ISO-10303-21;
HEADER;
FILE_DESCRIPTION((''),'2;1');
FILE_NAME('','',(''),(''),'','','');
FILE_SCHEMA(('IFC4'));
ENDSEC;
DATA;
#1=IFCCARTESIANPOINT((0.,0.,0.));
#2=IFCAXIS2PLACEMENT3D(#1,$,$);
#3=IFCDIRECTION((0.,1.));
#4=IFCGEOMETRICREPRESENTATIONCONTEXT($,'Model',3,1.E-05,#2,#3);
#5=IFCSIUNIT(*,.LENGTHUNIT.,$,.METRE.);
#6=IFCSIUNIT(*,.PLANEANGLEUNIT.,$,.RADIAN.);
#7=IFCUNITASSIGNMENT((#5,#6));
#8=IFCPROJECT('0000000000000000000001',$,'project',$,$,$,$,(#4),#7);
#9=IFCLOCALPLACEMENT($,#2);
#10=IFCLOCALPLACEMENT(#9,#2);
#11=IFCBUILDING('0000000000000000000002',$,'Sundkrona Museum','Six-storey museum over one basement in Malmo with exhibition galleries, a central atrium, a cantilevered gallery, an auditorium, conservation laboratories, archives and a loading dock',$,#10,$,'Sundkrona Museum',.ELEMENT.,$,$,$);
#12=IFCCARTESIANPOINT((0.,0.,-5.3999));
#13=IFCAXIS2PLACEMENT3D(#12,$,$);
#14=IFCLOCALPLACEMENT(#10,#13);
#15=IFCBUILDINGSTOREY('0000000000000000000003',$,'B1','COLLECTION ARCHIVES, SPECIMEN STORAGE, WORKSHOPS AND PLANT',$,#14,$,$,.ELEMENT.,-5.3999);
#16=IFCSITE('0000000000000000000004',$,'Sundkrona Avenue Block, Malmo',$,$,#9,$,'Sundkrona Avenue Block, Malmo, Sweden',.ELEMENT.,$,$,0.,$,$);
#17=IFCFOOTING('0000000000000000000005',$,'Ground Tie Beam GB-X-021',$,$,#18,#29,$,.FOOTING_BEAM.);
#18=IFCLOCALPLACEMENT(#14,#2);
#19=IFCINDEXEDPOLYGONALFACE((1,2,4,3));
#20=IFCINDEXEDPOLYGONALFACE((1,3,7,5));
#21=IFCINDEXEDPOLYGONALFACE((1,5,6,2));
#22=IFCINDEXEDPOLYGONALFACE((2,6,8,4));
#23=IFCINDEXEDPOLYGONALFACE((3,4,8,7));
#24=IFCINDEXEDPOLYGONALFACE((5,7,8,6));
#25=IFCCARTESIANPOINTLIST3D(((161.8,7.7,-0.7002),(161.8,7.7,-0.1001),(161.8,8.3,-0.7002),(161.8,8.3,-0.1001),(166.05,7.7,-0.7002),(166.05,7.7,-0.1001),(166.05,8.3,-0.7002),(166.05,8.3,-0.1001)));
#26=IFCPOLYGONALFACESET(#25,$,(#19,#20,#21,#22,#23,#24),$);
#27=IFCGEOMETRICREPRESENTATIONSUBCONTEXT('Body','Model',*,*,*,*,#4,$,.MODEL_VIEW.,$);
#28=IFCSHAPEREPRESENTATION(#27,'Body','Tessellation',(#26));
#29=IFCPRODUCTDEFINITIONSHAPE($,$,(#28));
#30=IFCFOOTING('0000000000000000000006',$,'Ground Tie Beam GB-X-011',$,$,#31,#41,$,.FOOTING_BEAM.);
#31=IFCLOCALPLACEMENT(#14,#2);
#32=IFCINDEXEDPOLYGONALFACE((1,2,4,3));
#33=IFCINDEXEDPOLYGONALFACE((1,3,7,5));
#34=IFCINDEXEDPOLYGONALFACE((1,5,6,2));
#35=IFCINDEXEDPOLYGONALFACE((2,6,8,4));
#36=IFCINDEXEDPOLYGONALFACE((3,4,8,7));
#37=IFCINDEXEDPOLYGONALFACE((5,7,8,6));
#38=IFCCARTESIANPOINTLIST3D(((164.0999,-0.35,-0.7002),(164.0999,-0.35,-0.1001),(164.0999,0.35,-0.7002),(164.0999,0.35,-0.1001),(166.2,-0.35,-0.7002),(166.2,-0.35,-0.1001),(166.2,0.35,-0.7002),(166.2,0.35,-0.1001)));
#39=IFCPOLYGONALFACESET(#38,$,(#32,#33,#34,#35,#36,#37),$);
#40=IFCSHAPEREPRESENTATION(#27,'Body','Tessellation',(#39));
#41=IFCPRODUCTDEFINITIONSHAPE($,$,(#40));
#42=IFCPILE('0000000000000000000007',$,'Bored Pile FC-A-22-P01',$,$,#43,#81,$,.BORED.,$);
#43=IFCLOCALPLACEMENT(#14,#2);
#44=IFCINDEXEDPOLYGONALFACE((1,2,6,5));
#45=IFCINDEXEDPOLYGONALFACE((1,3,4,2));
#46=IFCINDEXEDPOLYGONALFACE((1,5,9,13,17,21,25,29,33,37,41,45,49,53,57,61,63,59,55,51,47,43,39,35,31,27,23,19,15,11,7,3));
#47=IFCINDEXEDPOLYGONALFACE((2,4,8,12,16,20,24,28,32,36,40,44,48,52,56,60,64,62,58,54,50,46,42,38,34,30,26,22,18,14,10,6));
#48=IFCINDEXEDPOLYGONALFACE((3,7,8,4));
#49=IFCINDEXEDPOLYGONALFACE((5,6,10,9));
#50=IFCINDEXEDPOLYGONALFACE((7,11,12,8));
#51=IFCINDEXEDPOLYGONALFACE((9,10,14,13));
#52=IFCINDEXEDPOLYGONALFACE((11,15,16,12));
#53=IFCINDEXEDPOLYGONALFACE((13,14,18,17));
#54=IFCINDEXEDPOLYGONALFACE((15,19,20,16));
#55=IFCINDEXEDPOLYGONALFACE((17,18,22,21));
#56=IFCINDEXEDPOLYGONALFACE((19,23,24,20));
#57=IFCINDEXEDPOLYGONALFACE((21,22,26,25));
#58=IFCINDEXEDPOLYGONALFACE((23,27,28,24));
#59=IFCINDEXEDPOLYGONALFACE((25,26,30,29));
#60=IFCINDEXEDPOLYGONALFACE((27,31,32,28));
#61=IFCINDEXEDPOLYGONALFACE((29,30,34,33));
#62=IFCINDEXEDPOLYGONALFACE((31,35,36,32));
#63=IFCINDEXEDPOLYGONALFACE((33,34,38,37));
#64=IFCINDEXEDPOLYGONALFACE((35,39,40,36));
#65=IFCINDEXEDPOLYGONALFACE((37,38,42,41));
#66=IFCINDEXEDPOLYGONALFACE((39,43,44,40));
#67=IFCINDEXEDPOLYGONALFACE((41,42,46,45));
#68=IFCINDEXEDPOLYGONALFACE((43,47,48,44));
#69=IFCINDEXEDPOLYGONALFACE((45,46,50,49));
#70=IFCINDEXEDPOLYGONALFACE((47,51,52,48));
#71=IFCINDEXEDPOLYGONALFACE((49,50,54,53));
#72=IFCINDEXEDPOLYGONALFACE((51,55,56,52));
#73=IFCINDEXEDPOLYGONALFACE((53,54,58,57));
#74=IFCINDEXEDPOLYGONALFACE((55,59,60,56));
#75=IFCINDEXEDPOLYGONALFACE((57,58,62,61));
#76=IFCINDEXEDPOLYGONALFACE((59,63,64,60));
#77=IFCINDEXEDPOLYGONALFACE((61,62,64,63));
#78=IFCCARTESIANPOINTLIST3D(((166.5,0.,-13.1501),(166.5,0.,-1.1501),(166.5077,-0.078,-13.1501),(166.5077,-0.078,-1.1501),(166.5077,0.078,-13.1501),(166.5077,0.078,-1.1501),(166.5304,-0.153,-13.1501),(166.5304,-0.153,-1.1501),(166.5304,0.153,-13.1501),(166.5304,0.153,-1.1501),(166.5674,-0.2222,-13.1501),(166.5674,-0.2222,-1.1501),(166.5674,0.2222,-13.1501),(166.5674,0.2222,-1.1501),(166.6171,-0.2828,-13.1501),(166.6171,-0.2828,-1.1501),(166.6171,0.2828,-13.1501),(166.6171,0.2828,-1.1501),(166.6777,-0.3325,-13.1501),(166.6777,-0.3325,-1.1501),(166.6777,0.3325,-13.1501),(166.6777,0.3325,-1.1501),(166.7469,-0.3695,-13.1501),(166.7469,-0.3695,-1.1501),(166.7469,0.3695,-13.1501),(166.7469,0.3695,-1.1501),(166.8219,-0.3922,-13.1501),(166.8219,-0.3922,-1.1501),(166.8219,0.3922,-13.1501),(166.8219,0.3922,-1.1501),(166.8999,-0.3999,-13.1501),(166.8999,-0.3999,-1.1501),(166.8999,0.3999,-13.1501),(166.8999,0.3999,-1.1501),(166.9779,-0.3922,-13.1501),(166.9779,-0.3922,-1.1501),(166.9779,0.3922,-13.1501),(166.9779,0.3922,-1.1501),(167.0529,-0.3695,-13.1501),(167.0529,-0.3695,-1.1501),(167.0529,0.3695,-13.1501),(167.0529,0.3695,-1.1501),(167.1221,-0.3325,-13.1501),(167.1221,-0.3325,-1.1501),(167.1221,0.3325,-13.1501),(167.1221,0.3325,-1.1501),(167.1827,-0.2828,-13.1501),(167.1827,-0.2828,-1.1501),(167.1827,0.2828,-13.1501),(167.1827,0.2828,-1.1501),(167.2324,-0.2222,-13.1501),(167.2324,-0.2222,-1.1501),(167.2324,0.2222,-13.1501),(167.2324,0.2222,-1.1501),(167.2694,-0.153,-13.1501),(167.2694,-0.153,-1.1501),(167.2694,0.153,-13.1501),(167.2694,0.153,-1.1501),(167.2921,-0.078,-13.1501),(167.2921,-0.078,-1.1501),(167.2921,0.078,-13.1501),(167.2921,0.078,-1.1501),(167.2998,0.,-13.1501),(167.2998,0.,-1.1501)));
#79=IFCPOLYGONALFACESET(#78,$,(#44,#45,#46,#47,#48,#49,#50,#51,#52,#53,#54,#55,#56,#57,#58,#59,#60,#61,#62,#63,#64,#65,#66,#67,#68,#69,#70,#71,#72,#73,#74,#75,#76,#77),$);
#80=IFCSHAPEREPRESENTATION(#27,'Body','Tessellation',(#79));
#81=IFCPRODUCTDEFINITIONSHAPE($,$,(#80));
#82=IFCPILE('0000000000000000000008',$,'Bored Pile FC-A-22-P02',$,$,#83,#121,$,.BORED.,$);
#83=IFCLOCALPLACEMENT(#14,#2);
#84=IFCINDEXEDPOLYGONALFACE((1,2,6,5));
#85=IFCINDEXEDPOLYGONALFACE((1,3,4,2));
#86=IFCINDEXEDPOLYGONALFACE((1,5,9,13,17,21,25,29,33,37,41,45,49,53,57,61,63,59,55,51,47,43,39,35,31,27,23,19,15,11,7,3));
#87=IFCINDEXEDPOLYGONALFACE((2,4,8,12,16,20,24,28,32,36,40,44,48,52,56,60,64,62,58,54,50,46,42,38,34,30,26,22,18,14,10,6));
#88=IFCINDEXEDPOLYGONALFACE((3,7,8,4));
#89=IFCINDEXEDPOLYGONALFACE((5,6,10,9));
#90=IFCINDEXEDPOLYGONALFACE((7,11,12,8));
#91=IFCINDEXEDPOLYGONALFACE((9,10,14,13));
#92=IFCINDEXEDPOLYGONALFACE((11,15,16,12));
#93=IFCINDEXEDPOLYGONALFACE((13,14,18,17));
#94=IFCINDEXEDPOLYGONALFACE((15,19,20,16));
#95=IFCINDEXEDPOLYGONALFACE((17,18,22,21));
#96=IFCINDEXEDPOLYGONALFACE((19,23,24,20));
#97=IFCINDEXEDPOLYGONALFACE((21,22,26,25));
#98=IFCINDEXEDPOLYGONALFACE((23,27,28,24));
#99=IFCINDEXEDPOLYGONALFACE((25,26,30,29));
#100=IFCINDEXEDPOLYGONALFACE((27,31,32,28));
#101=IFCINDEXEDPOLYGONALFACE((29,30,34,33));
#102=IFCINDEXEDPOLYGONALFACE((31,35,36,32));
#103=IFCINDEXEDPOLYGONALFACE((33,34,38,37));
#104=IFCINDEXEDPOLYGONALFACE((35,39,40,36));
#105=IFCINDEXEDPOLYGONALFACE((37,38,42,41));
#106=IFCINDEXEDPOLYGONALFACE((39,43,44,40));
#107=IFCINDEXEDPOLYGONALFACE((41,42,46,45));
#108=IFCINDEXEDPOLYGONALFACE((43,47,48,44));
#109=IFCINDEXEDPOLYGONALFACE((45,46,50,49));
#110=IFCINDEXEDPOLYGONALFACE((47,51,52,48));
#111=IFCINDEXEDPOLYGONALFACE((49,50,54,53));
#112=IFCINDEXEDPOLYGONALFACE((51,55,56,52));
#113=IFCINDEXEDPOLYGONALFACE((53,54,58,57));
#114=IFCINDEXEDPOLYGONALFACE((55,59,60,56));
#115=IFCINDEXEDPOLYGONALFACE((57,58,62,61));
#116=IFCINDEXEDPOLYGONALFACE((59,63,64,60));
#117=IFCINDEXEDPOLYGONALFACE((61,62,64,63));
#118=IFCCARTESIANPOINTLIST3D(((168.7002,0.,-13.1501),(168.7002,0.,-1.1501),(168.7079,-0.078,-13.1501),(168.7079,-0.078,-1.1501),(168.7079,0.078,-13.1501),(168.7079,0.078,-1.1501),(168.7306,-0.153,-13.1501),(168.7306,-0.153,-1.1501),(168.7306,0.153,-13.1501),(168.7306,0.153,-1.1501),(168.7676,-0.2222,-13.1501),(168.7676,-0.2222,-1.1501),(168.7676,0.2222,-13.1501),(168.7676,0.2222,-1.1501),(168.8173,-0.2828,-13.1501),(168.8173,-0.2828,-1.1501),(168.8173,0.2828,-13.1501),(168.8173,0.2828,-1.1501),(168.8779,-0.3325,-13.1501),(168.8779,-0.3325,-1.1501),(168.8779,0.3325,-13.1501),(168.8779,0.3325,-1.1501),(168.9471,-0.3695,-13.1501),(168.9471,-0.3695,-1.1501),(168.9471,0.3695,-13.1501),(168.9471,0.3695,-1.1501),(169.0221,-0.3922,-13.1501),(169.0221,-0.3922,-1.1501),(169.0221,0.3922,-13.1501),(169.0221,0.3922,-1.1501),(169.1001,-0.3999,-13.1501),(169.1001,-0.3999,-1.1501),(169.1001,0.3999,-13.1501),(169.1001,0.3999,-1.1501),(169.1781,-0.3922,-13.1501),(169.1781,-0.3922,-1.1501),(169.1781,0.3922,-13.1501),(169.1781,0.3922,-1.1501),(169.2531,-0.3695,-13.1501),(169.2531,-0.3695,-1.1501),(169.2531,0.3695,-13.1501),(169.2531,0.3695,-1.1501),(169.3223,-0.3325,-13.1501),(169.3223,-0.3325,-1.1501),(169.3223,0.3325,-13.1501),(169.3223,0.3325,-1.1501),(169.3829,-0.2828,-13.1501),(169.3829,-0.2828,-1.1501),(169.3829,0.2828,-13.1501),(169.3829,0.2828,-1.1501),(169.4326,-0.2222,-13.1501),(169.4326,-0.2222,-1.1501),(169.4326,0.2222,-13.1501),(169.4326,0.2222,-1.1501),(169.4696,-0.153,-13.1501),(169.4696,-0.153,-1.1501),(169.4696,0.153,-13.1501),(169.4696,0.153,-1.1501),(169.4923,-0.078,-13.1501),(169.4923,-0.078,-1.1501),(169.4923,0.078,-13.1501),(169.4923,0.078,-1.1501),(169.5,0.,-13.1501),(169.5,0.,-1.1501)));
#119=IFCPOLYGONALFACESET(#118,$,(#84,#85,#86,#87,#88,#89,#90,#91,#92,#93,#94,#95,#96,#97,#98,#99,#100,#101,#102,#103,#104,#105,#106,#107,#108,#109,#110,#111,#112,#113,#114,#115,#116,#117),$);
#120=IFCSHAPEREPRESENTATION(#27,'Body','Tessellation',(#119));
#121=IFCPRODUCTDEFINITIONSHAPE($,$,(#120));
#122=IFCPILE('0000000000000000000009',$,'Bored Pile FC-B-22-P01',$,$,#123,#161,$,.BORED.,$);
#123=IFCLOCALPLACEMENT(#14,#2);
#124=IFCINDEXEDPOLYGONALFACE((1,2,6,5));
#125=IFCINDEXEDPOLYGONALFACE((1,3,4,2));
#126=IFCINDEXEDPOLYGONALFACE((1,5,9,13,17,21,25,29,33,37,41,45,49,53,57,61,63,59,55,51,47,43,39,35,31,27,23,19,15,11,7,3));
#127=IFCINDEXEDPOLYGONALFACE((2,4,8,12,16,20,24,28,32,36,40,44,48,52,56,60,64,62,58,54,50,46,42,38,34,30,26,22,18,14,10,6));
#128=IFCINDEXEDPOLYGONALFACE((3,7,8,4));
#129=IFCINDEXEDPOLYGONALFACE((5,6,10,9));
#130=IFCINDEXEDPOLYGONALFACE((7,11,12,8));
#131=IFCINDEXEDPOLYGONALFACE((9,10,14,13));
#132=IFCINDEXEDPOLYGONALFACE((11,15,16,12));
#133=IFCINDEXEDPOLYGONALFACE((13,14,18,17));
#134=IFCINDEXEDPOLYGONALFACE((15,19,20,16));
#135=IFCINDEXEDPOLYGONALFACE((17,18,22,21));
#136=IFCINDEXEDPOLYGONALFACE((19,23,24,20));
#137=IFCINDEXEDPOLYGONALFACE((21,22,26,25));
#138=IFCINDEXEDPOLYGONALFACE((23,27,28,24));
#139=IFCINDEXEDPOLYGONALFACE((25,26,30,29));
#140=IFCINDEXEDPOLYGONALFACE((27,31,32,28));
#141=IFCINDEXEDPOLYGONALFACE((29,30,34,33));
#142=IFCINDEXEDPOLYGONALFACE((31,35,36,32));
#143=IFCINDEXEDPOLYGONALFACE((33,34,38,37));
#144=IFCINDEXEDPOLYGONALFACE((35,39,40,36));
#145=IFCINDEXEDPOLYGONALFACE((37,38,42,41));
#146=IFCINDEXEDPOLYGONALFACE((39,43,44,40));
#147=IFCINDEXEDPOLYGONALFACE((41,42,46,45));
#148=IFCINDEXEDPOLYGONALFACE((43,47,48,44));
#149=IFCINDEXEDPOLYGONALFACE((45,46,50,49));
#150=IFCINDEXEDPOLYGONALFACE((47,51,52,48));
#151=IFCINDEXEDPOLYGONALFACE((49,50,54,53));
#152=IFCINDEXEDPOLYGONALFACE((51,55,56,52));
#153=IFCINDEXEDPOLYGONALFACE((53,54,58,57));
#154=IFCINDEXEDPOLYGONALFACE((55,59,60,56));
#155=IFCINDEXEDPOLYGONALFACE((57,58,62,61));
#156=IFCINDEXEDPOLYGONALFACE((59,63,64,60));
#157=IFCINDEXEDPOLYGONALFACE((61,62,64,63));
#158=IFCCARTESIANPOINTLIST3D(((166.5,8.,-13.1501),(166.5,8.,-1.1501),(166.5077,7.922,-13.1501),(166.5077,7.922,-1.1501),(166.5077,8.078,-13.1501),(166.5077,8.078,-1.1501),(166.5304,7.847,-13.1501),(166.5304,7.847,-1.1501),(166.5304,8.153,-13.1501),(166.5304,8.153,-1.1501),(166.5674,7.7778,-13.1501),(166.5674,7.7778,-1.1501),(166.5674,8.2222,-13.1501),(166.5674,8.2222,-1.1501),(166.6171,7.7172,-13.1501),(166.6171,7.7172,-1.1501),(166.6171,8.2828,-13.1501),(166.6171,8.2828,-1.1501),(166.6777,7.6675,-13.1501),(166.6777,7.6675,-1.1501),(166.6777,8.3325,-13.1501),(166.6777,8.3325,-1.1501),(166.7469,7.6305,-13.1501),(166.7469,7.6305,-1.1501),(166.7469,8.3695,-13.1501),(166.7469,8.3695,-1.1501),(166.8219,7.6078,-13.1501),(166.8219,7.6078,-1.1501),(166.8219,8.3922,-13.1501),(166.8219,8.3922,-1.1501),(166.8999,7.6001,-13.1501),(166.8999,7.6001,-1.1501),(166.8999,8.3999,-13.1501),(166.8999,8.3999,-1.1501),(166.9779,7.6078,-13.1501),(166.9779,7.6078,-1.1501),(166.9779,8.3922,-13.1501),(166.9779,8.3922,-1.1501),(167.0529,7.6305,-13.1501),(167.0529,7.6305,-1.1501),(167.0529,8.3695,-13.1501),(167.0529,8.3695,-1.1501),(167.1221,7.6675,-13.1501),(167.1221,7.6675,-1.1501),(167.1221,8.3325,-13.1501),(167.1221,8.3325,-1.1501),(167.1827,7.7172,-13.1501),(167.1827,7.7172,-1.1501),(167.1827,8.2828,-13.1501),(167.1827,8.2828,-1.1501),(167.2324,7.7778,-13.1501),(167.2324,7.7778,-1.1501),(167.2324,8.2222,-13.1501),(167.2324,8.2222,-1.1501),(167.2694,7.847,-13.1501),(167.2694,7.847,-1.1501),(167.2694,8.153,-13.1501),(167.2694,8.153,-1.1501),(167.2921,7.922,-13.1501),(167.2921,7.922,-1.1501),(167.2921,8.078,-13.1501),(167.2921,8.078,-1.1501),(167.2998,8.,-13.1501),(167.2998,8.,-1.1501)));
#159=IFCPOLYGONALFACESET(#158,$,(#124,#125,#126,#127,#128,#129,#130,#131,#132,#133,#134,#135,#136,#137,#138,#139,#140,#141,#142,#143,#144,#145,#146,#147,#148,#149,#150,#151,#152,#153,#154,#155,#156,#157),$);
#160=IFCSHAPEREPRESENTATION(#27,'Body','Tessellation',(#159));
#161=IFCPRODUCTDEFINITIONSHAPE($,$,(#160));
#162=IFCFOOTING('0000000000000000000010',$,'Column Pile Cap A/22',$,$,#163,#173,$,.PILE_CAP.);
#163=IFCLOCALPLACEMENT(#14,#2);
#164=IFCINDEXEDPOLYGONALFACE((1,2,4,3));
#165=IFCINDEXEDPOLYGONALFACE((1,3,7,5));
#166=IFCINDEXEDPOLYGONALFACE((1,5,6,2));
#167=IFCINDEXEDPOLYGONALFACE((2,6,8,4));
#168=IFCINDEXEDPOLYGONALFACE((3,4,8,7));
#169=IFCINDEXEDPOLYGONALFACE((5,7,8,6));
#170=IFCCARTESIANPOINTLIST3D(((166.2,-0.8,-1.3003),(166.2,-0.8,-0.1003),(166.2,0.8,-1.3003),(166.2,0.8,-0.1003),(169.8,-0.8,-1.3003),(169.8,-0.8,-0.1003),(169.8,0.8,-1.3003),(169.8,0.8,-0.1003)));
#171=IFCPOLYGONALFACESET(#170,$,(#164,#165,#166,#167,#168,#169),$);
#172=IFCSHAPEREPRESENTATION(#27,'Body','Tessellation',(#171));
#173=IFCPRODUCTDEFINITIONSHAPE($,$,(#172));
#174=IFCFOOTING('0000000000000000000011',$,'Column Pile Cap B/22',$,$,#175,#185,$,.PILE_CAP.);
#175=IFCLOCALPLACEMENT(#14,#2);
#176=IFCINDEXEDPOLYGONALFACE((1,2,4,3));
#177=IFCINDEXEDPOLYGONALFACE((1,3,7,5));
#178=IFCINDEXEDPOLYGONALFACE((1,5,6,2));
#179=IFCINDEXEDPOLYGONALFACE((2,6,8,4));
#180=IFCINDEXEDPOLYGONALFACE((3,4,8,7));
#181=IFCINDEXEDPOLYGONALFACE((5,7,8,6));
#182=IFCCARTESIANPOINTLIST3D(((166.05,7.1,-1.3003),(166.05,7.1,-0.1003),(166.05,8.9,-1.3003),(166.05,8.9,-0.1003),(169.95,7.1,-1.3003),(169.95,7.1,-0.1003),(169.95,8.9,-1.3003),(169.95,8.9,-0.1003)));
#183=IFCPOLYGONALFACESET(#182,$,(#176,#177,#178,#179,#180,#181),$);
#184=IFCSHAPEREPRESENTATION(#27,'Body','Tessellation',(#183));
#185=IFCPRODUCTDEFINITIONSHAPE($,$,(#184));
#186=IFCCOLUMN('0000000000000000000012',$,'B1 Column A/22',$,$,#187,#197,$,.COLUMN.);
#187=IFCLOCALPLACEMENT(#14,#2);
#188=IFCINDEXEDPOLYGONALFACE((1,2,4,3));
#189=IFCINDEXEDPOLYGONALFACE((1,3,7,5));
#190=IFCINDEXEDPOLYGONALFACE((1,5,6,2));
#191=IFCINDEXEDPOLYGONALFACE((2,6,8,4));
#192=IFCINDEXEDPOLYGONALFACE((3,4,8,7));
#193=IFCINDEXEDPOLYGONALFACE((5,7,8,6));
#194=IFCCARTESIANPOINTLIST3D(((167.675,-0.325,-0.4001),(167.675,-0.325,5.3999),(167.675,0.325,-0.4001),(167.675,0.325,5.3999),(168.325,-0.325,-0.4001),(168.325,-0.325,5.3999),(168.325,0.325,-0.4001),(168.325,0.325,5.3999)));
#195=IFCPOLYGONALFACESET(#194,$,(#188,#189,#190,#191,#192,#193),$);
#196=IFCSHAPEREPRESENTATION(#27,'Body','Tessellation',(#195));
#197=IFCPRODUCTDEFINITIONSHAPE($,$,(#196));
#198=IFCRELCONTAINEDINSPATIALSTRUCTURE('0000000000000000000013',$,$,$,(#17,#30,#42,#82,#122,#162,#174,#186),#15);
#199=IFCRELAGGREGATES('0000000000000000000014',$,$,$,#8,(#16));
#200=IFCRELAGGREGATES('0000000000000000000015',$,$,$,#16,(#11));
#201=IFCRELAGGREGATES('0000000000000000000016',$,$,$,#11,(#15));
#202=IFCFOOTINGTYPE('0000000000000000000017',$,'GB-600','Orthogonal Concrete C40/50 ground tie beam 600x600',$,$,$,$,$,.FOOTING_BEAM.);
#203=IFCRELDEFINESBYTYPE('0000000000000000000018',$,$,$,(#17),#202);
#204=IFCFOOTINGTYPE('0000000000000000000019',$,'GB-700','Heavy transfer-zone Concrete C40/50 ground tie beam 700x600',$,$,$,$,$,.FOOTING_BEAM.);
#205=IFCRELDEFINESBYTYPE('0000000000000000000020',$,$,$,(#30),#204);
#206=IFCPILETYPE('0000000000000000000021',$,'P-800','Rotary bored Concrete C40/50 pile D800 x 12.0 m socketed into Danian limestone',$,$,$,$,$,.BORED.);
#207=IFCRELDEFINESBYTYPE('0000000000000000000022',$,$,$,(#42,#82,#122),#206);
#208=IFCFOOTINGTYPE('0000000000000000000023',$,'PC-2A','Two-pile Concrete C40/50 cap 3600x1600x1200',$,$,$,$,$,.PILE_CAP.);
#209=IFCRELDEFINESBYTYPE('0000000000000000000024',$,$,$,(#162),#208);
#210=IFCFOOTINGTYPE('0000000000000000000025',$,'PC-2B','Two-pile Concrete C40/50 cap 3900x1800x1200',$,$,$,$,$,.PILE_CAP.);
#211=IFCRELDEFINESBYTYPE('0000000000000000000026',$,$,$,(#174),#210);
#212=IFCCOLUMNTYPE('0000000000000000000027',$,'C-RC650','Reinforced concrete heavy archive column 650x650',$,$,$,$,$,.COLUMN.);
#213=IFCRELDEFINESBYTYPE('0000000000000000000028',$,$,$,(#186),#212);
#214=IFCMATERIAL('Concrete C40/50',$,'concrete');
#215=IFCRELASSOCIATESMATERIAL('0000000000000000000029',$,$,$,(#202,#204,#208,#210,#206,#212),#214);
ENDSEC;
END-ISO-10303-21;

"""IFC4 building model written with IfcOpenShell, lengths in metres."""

from ifc_helpers import new_model, si_unit, direction, frame, origin, origin_2d, place, context, subcontext, project, spatial, rectangle, circle, extrude, material, material_profile, profile_set, type_object, element, save


model = new_model("IFC4")

# Units and contexts
model_context = context("Model", 3, precision=1e-05, world=origin(), true_north=direction((0.0, 1.0)))
body_context = subcontext(model_context, "Body", "Model", "MODEL_VIEW")
ifc_project = project(units=[si_unit("LENGTHUNIT", "METRE"), si_unit("PLANEANGLEUNIT", "RADIAN")], contexts=[model_context])

# Site, building, storey
site_placement = place(None, origin())
site = spatial("IfcSite", under=ifc_project, at=site_placement, Name="Sundkrona Avenue Block, Malmo", LongName="Sundkrona Avenue Block, Malmo, Sweden", CompositionType="ELEMENT", RefElevation=0.0)
building_placement = place(site_placement, origin())
building = spatial("IfcBuilding", under=site, at=building_placement, Name="Sundkrona Museum", Description="Six-storey museum over one basement in Malmo with exhibition galleries, a central atrium, a cantilevered gallery, an auditorium, conservation laboratories, archives and a loading dock", LongName="Sundkrona Museum", CompositionType="ELEMENT")
storey_placement = place(building_placement, frame((0.0, 0.0, -5.3999)))
storey = spatial("IfcBuildingStorey", under=building, at=storey_placement, Name="B1", Description="COLLECTION ARCHIVES, SPECIMEN STORAGE, WORKSHOPS AND PLANT", CompositionType="ELEMENT", Elevation=-5.3999)

# Footings
ifc_material_1 = material(Name="Concrete C40/50", Category="concrete")
footing_type_1 = type_object("IfcFootingType", Name="GB-600", Description="Orthogonal Concrete C40/50 ground tie beam 600x600", PredefinedType="FOOTING_BEAM", material=ifc_material_1)
footing_1_placement = place(storey_placement, frame((163.925, 8.0, -0.7002), z_axis=(0.0, 0.0, 1.0), x_axis=(1.0, 0.0, 0.0)))
element("IfcFooting", 1, at=footing_1_placement, inside=storey, type_object=footing_type_1, Name="Ground Tie Beam GB-X-021", PredefinedType="FOOTING_BEAM", context=body_context, shape_type="SweptSolid", body=[
    extrude(rectangle(XDim=4.25, YDim=0.6001, at=origin_2d()), origin(), (0.0, 0.0, 1.0), 0.6001),
])
footing_type_2 = type_object("IfcFootingType", Name="GB-700", Description="Heavy transfer-zone Concrete C40/50 ground tie beam 700x600", PredefinedType="FOOTING_BEAM", material=ifc_material_1)
footing_2_placement = place(storey_placement, frame((165.1499, 0.0, -0.7002), z_axis=(0.0, 0.0, 1.0), x_axis=(1.0, 0.0, 0.0)))
element("IfcFooting", 2, at=footing_2_placement, inside=storey, type_object=footing_type_2, Name="Ground Tie Beam GB-X-011", PredefinedType="FOOTING_BEAM", context=body_context, shape_type="SweptSolid", body=[
    extrude(rectangle(XDim=2.1001, YDim=0.7, at=origin_2d()), origin(), (0.0, 0.0, 1.0), 0.6001),
])

# Piles
ifc_material_profile_1 = material_profile(ifc_material_1, circle(Radius=0.3999, at=origin_2d()), Name="PILE D800")
ifc_profile_set_1 = profile_set([ifc_material_profile_1], Name="Concrete C40/50")
pile_type = type_object("IfcPileType", Name="P-800", Description="Rotary bored Concrete C40/50 pile D800 x 12.0 m socketed into Danian limestone", PredefinedType="BORED", material=ifc_profile_set_1)
for number, where, z_axis, x_axis, name in (
    (3, (166.8999, 0.0, -1.1501), (0.0, 0.0, -1.0), (1.0, 0.0, 0.0), "Bored Pile FC-A-22-P01"),
    (4, (169.1001, 0.0, -1.1501), (0.0, 0.0, -1.0), (1.0, 0.0, 0.0), "Bored Pile FC-A-22-P02"),
    (5, (166.8999, 8.0, -1.1501), (0.0, 0.0, -1.0), (1.0, 0.0, 0.0), "Bored Pile FC-B-22-P01"),
):
    element("IfcPile", number, at=place(storey_placement, frame(where, z_axis=z_axis, x_axis=x_axis)), inside=storey, type_object=pile_type, Name=name, PredefinedType="BORED", context=body_context, shape_type="SweptSolid", body=[
        extrude(circle(Radius=0.3999, at=origin_2d()), origin(), (0.0, 0.0, 1.0), 12.0),
    ])

# Footings
footing_type_3 = type_object("IfcFootingType", Name="PC-2A", Description="Two-pile Concrete C40/50 cap 3600x1600x1200", PredefinedType="PILE_CAP", material=ifc_material_1)
footing_3_placement = place(storey_placement, frame((168.0, 0.0, -1.3003), z_axis=(0.0, 0.0, 1.0), x_axis=(1.0, 0.0, 0.0)))
element("IfcFooting", 6, at=footing_3_placement, inside=storey, type_object=footing_type_3, Name="Column Pile Cap A/22", PredefinedType="PILE_CAP", context=body_context, shape_type="SweptSolid", body=[
    extrude(rectangle(XDim=3.6001, YDim=1.6001, at=origin_2d()), origin(), (0.0, 0.0, 1.0), 1.2),
])
footing_type_4 = type_object("IfcFootingType", Name="PC-2B", Description="Two-pile Concrete C40/50 cap 3900x1800x1200", PredefinedType="PILE_CAP", material=ifc_material_1)
footing_4_placement = place(storey_placement, frame((168.0, 8.0, -1.3003), z_axis=(0.0, 0.0, 1.0), x_axis=(1.0, 0.0, 0.0)))
element("IfcFooting", 7, at=footing_4_placement, inside=storey, type_object=footing_type_4, Name="Column Pile Cap B/22", PredefinedType="PILE_CAP", context=body_context, shape_type="SweptSolid", body=[
    extrude(rectangle(XDim=3.8999, YDim=1.8, at=origin_2d()), origin(), (0.0, 0.0, 1.0), 1.2),
])

# Column
ifc_material_profile_2 = material_profile(ifc_material_1, rectangle(XDim=0.6499, YDim=0.6499, at=origin_2d()), Name="RC 650x650")
ifc_profile_set_2 = profile_set([ifc_material_profile_2], Name="Concrete C40/50")
column_type = type_object("IfcColumnType", Name="C-RC650", Description="Reinforced concrete heavy archive column 650x650", PredefinedType="COLUMN", material=ifc_profile_set_2)
for number, where, z_axis, x_axis, name in (
    (8, (168.0, 0.0, -0.4001), (0.0, 0.0, 1.0), (1.0, 0.0, 0.0), "B1 Column A/22"),
):
    element("IfcColumn", number, at=place(storey_placement, frame(where, z_axis=z_axis, x_axis=x_axis)), inside=storey, type_object=column_type, Name=name, PredefinedType="COLUMN", context=body_context, shape_type="SweptSolid", body=[
        extrude(rectangle(XDim=0.6499, YDim=0.6499, at=origin_2d()), origin(), (0.0, 0.0, 1.0), 5.8),
    ])

save(model, "model.ifc")
